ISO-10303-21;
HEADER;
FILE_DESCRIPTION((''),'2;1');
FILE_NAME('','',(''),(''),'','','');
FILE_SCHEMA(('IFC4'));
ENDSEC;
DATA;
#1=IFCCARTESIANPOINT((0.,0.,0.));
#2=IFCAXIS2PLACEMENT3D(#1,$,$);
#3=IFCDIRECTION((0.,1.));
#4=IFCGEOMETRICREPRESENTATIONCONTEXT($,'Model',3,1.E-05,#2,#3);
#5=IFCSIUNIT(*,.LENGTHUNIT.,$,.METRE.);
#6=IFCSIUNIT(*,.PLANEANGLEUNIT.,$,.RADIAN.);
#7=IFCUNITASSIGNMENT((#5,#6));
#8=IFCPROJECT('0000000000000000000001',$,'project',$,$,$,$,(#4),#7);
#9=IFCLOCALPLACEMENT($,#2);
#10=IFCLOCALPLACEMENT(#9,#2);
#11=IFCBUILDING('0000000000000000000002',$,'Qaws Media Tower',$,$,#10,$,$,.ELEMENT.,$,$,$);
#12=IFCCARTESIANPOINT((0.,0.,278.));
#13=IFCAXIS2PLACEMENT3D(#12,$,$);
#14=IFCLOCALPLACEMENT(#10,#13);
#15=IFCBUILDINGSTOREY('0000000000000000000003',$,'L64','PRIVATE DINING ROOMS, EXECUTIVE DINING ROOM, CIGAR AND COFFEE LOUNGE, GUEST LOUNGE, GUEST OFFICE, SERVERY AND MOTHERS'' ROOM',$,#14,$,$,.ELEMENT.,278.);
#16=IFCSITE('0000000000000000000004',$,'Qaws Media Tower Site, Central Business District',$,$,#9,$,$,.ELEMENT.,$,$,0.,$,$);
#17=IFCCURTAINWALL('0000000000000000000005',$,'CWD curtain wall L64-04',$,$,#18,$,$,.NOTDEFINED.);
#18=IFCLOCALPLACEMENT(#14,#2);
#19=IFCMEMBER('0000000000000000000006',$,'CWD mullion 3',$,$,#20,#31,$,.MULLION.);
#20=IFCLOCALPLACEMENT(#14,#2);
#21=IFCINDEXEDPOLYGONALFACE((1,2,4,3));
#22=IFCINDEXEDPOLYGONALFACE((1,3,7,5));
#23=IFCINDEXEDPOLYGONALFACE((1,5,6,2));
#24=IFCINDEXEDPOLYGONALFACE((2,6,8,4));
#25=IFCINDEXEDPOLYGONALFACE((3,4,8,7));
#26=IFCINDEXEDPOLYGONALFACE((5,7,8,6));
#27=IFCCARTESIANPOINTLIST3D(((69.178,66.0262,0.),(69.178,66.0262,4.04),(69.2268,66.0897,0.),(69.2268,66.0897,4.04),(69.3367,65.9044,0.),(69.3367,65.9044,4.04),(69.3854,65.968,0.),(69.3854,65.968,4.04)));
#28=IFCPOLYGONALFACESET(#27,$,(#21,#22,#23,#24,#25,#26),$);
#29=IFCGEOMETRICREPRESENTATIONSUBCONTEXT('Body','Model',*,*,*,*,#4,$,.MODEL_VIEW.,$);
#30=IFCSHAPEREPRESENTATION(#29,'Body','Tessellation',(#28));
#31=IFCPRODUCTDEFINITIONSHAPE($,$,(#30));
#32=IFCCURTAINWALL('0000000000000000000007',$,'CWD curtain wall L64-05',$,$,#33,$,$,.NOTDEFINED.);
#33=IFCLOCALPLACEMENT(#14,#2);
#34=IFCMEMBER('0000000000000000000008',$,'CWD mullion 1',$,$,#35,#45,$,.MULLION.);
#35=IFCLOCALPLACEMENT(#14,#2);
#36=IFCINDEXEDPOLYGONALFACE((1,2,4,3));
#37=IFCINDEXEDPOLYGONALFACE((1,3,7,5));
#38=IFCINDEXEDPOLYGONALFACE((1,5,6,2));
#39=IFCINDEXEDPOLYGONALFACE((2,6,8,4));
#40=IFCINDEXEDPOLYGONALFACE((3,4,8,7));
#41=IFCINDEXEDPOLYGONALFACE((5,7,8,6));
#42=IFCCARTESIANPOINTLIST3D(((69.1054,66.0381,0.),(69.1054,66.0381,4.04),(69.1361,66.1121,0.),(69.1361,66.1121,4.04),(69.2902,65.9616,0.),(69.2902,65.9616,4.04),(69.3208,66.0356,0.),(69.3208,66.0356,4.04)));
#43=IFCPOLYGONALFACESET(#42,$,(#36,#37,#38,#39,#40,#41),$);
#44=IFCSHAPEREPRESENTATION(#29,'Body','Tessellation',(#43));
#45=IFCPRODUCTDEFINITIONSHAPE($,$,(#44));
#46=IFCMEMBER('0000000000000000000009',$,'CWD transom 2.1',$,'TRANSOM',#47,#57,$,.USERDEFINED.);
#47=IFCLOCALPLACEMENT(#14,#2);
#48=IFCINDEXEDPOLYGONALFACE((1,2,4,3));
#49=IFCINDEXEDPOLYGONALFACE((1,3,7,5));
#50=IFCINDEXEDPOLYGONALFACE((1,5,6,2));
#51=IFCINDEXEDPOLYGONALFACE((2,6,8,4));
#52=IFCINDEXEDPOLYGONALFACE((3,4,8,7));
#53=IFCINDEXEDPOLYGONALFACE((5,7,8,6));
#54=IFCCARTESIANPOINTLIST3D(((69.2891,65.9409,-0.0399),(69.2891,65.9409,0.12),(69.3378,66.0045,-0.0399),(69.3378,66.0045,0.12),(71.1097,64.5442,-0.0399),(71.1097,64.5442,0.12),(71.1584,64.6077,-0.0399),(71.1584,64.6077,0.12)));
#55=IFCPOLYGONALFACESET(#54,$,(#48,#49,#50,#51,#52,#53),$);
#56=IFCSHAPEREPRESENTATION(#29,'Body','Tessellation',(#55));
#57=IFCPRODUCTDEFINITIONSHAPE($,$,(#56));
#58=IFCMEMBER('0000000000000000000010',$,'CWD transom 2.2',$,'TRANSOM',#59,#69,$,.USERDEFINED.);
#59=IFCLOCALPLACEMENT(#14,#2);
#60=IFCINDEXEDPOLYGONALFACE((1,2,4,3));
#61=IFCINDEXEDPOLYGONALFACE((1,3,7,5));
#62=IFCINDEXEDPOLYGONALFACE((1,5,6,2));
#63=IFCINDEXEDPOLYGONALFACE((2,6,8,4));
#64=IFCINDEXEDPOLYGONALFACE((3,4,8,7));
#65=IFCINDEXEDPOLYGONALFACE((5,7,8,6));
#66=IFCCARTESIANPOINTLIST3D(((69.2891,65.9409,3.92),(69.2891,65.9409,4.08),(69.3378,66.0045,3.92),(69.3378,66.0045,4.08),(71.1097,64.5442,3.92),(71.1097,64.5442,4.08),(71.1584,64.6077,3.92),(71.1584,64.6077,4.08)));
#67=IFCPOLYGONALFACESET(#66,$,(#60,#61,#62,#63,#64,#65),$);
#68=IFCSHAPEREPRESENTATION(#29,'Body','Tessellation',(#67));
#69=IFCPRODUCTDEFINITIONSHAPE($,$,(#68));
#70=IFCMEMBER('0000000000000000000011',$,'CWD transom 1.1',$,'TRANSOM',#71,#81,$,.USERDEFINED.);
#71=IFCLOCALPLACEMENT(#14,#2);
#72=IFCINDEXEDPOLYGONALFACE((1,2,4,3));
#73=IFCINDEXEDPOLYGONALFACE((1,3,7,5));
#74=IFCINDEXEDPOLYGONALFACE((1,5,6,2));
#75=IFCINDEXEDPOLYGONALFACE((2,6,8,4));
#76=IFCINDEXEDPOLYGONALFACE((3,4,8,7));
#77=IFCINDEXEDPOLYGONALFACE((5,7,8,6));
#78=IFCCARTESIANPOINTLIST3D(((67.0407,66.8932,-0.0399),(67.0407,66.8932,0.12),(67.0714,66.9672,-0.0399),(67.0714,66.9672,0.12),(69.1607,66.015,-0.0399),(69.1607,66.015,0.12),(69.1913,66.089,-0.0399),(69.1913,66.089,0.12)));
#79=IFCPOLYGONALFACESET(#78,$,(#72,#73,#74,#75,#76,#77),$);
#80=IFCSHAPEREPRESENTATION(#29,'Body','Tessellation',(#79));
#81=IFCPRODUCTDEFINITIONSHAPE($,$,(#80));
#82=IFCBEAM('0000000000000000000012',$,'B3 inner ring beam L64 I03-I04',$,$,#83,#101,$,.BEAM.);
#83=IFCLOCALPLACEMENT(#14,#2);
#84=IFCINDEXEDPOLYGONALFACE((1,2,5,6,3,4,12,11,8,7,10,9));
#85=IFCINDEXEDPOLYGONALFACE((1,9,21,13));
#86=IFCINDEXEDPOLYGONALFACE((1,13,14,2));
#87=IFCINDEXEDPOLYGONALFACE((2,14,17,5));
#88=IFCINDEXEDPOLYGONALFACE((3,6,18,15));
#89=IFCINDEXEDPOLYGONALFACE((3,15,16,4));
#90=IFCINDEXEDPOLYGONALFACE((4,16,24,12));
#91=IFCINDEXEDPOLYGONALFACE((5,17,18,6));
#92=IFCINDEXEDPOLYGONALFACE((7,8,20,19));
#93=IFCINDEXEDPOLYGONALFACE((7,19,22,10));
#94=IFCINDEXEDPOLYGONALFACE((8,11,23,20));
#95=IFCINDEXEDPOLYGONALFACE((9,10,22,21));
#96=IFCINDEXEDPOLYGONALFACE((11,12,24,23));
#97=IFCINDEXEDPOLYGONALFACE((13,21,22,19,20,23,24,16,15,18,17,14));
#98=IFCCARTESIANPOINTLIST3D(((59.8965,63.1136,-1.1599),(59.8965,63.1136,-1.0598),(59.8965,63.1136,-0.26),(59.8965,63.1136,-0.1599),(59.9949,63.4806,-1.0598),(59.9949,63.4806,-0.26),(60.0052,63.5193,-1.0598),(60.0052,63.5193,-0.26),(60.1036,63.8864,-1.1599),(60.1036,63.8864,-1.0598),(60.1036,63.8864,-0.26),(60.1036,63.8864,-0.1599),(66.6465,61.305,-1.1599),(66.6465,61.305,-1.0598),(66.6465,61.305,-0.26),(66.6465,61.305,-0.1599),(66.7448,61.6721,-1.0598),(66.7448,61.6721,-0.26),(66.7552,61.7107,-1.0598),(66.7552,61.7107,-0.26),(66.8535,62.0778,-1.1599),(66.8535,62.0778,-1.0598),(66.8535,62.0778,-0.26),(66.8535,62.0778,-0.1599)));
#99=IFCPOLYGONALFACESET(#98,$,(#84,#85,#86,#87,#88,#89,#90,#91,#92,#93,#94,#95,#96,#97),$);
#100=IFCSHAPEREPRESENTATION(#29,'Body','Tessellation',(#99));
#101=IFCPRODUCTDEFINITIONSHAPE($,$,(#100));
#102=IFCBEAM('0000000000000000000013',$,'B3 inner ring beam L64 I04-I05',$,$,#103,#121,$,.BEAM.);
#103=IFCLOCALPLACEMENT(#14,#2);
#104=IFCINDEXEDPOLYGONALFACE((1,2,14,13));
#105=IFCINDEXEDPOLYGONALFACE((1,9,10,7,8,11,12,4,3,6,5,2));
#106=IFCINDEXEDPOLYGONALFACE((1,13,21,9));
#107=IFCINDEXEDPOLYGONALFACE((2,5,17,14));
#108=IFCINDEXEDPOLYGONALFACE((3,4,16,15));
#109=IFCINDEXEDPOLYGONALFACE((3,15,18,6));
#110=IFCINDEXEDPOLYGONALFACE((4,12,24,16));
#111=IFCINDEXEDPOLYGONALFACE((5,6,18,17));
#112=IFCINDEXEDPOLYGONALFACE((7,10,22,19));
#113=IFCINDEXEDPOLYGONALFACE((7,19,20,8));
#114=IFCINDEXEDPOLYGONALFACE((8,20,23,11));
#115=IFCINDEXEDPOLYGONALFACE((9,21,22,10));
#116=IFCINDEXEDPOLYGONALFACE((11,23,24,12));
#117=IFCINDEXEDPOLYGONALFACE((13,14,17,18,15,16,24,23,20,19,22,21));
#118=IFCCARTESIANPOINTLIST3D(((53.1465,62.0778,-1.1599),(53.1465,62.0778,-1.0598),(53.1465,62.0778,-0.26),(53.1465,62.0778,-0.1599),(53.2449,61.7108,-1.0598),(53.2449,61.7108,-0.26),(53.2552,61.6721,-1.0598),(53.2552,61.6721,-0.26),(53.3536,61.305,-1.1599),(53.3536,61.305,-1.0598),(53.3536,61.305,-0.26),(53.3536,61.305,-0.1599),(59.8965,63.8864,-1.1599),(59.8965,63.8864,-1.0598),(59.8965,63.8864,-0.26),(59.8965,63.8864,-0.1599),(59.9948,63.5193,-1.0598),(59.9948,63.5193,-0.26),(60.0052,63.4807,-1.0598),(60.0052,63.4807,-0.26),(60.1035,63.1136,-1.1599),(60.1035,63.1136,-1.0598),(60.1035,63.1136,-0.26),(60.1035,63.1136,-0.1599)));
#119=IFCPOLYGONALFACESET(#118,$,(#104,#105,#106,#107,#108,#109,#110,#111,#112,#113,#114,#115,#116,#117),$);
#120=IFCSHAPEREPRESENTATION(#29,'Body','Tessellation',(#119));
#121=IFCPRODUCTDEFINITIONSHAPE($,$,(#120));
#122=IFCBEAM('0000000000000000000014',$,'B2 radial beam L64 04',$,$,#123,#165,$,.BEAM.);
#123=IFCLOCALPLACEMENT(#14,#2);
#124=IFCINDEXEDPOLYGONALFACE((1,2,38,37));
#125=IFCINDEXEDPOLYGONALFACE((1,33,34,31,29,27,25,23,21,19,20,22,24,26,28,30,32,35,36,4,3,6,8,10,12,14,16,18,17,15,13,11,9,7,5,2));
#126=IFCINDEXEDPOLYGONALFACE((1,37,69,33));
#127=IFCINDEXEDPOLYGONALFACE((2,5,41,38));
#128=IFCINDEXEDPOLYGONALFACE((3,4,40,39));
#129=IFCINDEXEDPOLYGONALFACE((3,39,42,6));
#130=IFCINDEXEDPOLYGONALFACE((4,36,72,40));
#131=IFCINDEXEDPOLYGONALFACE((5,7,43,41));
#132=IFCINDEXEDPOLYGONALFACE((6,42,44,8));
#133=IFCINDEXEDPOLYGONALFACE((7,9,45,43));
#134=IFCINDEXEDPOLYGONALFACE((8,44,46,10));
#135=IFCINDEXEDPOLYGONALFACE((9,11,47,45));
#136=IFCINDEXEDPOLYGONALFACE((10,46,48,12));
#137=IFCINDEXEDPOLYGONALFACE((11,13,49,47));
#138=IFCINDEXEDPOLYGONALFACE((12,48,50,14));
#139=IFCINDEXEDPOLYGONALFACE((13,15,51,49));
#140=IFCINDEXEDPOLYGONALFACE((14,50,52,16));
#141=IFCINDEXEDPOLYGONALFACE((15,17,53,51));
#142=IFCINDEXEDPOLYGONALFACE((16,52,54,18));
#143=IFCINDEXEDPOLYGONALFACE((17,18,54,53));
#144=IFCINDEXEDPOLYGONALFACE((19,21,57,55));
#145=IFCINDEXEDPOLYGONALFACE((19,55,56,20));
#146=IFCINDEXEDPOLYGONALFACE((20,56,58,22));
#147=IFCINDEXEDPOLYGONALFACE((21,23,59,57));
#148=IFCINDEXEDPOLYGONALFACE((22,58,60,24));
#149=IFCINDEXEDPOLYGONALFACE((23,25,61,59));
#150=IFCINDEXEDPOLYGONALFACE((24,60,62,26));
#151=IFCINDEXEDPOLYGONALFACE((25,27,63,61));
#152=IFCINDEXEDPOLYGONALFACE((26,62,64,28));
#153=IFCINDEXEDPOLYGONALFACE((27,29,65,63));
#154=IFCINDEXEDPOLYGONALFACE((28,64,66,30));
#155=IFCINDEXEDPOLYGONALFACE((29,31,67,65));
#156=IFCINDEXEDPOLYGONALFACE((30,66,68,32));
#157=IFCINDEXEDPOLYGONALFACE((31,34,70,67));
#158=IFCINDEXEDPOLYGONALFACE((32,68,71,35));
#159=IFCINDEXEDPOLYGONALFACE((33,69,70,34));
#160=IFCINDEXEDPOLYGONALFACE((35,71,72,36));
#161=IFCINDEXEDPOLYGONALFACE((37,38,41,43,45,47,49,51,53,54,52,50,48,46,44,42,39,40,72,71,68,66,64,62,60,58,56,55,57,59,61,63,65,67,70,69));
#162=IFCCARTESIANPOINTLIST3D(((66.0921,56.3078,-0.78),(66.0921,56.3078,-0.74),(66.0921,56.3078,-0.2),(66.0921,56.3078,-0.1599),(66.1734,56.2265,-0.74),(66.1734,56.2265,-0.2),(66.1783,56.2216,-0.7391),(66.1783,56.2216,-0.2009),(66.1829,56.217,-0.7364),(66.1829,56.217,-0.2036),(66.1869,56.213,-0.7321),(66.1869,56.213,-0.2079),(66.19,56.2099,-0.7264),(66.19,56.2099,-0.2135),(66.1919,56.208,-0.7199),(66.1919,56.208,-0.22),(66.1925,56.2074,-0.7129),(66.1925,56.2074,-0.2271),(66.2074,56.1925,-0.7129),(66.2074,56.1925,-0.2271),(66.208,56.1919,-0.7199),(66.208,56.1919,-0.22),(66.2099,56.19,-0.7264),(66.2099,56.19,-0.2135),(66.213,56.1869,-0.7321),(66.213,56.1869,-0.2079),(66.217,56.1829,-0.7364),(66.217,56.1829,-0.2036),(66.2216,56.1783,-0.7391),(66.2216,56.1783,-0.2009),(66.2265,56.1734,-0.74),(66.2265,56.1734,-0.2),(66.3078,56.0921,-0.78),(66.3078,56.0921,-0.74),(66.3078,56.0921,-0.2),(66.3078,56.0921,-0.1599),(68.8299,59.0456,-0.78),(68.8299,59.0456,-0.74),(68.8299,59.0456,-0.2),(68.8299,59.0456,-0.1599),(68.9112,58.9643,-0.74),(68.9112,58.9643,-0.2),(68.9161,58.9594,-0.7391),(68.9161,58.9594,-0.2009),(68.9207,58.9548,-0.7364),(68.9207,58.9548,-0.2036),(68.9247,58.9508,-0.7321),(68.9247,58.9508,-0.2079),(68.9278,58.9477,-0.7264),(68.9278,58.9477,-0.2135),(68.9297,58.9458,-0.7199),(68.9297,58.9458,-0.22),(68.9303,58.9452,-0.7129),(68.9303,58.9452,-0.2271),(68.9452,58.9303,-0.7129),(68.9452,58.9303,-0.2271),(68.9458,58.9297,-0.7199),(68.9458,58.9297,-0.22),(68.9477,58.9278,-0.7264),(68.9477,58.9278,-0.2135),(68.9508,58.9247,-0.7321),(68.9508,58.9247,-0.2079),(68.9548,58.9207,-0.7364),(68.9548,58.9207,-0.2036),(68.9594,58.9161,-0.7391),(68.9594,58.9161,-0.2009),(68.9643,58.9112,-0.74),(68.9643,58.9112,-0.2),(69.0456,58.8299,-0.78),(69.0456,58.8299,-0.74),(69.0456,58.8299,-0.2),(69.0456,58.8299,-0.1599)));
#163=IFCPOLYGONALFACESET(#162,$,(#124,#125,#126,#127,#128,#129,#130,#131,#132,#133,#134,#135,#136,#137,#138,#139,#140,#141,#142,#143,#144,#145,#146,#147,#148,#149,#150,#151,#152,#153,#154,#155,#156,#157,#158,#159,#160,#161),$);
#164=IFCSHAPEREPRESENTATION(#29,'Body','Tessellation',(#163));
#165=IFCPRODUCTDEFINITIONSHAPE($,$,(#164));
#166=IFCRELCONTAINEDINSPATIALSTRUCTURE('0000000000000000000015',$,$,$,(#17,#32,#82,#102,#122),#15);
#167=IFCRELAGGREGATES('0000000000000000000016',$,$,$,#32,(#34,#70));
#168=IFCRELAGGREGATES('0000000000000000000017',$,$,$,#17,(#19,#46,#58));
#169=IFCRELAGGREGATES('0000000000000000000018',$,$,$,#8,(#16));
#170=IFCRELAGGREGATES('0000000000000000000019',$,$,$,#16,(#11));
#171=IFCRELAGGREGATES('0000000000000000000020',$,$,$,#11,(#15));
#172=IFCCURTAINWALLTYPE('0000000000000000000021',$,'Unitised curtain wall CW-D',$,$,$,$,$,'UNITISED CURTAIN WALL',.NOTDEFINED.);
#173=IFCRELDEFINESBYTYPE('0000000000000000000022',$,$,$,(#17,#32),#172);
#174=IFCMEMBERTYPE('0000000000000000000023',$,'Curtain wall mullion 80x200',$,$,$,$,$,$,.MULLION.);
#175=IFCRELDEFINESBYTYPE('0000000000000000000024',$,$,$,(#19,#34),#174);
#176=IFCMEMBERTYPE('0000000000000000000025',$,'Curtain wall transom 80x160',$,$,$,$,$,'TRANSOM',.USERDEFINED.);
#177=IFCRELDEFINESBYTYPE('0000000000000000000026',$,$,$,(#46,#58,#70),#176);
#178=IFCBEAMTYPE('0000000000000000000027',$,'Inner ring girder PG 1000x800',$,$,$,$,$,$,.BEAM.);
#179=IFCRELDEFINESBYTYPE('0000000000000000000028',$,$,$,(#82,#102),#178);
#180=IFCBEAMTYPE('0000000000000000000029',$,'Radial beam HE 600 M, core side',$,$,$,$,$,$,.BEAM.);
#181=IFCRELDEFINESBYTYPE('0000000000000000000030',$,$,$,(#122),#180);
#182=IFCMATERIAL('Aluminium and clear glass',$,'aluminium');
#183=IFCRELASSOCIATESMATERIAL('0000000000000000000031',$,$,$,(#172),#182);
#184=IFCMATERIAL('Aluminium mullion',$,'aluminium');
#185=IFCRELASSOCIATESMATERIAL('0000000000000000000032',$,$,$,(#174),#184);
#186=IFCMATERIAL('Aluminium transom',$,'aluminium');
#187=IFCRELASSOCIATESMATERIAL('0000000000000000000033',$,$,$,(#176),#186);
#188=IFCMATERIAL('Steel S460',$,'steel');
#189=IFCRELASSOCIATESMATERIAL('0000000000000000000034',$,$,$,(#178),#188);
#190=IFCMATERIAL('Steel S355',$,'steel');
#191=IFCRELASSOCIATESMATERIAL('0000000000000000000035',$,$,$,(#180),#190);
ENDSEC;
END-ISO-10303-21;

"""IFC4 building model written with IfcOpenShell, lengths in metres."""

from ifc_helpers import new_model, si_unit, direction, frame, origin, origin_2d, place, context, subcontext, project, spatial, rectangle, i_section, extrude, material, material_profile, profile_set, type_object, element, aggregate, save


model = new_model("IFC4")

# Units and contexts
model_context = context("Model", 3, precision=1e-05, world=origin(), true_north=direction((0.0, 1.0)))
body_context = subcontext(model_context, "Body", "Model", "MODEL_VIEW")
ifc_project = project(units=[si_unit("LENGTHUNIT", "METRE"), si_unit("PLANEANGLEUNIT", "RADIAN")], contexts=[model_context])

# Site, building, storey
site_placement = place(None, origin())
site = spatial("IfcSite", under=ifc_project, at=site_placement, Name="Qaws Media Tower Site, Central Business District", CompositionType="ELEMENT", RefElevation=0.0)
building_placement = place(site_placement, origin())
building = spatial("IfcBuilding", under=site, at=building_placement, Name="Qaws Media Tower", CompositionType="ELEMENT")
storey_placement = place(building_placement, frame((0.0, 0.0, 278.0)))
storey = spatial("IfcBuildingStorey", under=building, at=storey_placement, Name="L64", Description="PRIVATE DINING ROOMS, EXECUTIVE DINING ROOM, CIGAR AND COFFEE LOUNGE, GUEST LOUNGE, GUEST OFFICE, SERVERY AND MOTHERS' ROOM", CompositionType="ELEMENT", Elevation=278.0)

# Curtain walls, members
ifc_material_1 = material(Name="Aluminium and clear glass", Category="aluminium")
curtain_wall_type = type_object("IfcCurtainWallType", Name="Unitised curtain wall CW-D", ElementType="UNITISED CURTAIN WALL", PredefinedType="NOTDEFINED", material=ifc_material_1)
curtain_wall_1_placement = place(storey_placement, origin())
curtain_wall_1 = element("IfcCurtainWall", 1, at=curtain_wall_1_placement, inside=storey, type_object=curtain_wall_type, Name="CWD curtain wall L64-04", PredefinedType="NOTDEFINED")
ifc_material_2 = material(Name="Aluminium mullion", Category="aluminium")
ifc_material_profile_1 = material_profile(ifc_material_2, rectangle(XDim=0.0801, YDim=0.2, at=origin_2d()), Name="80x200")
ifc_profile_set_1 = profile_set([ifc_material_profile_1], Name="Aluminium mullion")
member_type_1 = type_object("IfcMemberType", Name="Curtain wall mullion 80x200", PredefinedType="MULLION", material=ifc_profile_set_1)
member_1_placement = place(storey_placement, frame((69.2817, 65.9971, 0.0), z_axis=(0.0, 0.0, 1.0), x_axis=(-0.608762, -0.793353, 0.0)))
member_1 = element("IfcMember", 2, at=member_1_placement, type_object=member_type_1, Name="CWD mullion 3", PredefinedType="MULLION", context=body_context, shape_type="SweptSolid", body=[
    extrude(rectangle(XDim=0.0801, YDim=0.2, at=origin_2d()), origin(), (0.0, 0.0, 1.0), 4.04),
])
curtain_wall_2_placement = place(storey_placement, origin())
curtain_wall_2 = element("IfcCurtainWall", 3, at=curtain_wall_2_placement, inside=storey, type_object=curtain_wall_type, Name="CWD curtain wall L64-05", PredefinedType="NOTDEFINED")
member_2_placement = place(storey_placement, frame((69.2131, 66.0369, 0.0), z_axis=(0.0, 0.0, 1.0), x_axis=(-0.382683, -0.92388, 0.0)))
member_2 = element("IfcMember", 4, at=member_2_placement, type_object=member_type_1, Name="CWD mullion 1", PredefinedType="MULLION", context=body_context, shape_type="SweptSolid", body=[
    extrude(rectangle(XDim=0.0801, YDim=0.2, at=origin_2d()), origin(), (0.0, 0.0, 1.0), 4.04),
])

# Members
ifc_material_3 = material(Name="Aluminium transom", Category="aluminium")
ifc_material_profile_2 = material_profile(ifc_material_3, rectangle(XDim=0.0801, YDim=0.1599, at=origin_2d()), Name="80x160")
ifc_profile_set_2 = profile_set([ifc_material_profile_2], Name="Aluminium transom")
member_type_2 = type_object("IfcMemberType", Name="Curtain wall transom 80x160", ElementType="TRANSOM", PredefinedType="USERDEFINED", material=ifc_profile_set_2)
member_3_placement = place(storey_placement, frame((71.134, 64.5759, 0.04), z_axis=(-0.793403, 0.608697, 0.0), x_axis=(-0.608697, -0.793403, 0.0)))
member_3 = element("IfcMember", 5, at=member_3_placement, type_object=member_type_2, Name="CWD transom 2.1", ObjectType="TRANSOM", PredefinedType="USERDEFINED", context=body_context, shape_type="SweptSolid", body=[
    extrude(rectangle(XDim=0.0801, YDim=0.1599, at=origin_2d()), origin(), (0.0, 0.0, 1.0), 2.2947),
])
member_4_placement = place(storey_placement, frame((71.134, 64.5759, 4.0), z_axis=(-0.793403, 0.608697, 0.0), x_axis=(-0.608697, -0.793403, 0.0)))
member_4 = element("IfcMember", 6, at=member_4_placement, type_object=member_type_2, Name="CWD transom 2.2", ObjectType="TRANSOM", PredefinedType="USERDEFINED", context=body_context, shape_type="SweptSolid", body=[
    extrude(rectangle(XDim=0.0801, YDim=0.1599, at=origin_2d()), origin(), (0.0, 0.0, 1.0), 2.2947),
])
member_5_placement = place(storey_placement, frame((69.176, 66.052, 0.04), z_axis=(-0.923865, 0.382718, 0.0), x_axis=(-0.382718, -0.923865, 0.0)))
member_5 = element("IfcMember", 7, at=member_5_placement, type_object=member_type_2, Name="CWD transom 1.1", ObjectType="TRANSOM", PredefinedType="USERDEFINED", context=body_context, shape_type="SweptSolid", body=[
    extrude(rectangle(XDim=0.0801, YDim=0.1599, at=origin_2d()), origin(), (0.0, 0.0, 1.0), 2.2947),
])
aggregate(curtain_wall_2, [member_2, member_5])

# Beams
ifc_material_4 = material(Name="Steel S460", Category="steel")
ifc_material_profile_3 = material_profile(ifc_material_4, i_section(OverallWidth=0.8, OverallDepth=1.0, WebThickness=0.04, FlangeThickness=0.1001, at=origin_2d()), Name="PG 1000x800")
ifc_profile_set_3 = profile_set([ifc_material_profile_3], Name="Steel S460")
beam_type_1 = type_object("IfcBeamType", Name="Inner ring girder PG 1000x800", PredefinedType="BEAM", material=ifc_profile_set_3)
for number, where, z_axis, x_axis, name in (
    (8, (66.75, 61.6914, -0.6599), (-0.965928, 0.258811, 0.0), (-0.258811, -0.965928, 0.0), "B3 inner ring beam L64 I03-I04"),
    (9, (60.0, 63.5, -0.6599), (-0.965928, -0.258811, 0.0), (0.258811, -0.965928, 0.0), "B3 inner ring beam L64 I04-I05"),
):
    element("IfcBeam", number, at=place(storey_placement, frame(where, z_axis=z_axis, x_axis=x_axis)), inside=storey, type_object=beam_type_1, Name=name, PredefinedType="BEAM", context=body_context, shape_type="SweptSolid", body=[
        extrude(i_section(OverallWidth=0.8, OverallDepth=1.0, WebThickness=0.04, FlangeThickness=0.1001, at=origin_2d()), origin(), (0.0, 0.0, 1.0), 6.988),
    ])
ifc_material_5 = material(Name="Steel S355", Category="steel")
ifc_material_profile_4 = material_profile(ifc_material_5, i_section(OverallWidth=0.3049, OverallDepth=0.6201, WebThickness=0.021, FlangeThickness=0.04, FilletRadius=0.0271, at=origin_2d()), Name="HE 600 M")
ifc_profile_set_4 = profile_set([ifc_material_profile_4], Name="Steel S355")
beam_type_2 = type_object("IfcBeamType", Name="Radial beam HE 600 M, core side", PredefinedType="BEAM", material=ifc_profile_set_4)
beam_1_placement = place(storey_placement, frame((66.2, 56.2, -0.47), z_axis=(0.707107, 0.707107, 0.0), x_axis=(-0.707107, 0.707107, 0.0)))
element("IfcBeam", 10, at=beam_1_placement, inside=storey, type_object=beam_type_2, Name="B2 radial beam L64 04", PredefinedType="BEAM", context=body_context, shape_type="SweptSolid", body=[
    extrude(i_section(OverallWidth=0.3049, OverallDepth=0.6201, WebThickness=0.021, FlangeThickness=0.04, FilletRadius=0.0271, at=origin_2d()), origin(), (0.0, 0.0, 1.0), 3.8718),
])

aggregate(curtain_wall_1, [member_1, member_3, member_4])

save(model, "model.ifc")
